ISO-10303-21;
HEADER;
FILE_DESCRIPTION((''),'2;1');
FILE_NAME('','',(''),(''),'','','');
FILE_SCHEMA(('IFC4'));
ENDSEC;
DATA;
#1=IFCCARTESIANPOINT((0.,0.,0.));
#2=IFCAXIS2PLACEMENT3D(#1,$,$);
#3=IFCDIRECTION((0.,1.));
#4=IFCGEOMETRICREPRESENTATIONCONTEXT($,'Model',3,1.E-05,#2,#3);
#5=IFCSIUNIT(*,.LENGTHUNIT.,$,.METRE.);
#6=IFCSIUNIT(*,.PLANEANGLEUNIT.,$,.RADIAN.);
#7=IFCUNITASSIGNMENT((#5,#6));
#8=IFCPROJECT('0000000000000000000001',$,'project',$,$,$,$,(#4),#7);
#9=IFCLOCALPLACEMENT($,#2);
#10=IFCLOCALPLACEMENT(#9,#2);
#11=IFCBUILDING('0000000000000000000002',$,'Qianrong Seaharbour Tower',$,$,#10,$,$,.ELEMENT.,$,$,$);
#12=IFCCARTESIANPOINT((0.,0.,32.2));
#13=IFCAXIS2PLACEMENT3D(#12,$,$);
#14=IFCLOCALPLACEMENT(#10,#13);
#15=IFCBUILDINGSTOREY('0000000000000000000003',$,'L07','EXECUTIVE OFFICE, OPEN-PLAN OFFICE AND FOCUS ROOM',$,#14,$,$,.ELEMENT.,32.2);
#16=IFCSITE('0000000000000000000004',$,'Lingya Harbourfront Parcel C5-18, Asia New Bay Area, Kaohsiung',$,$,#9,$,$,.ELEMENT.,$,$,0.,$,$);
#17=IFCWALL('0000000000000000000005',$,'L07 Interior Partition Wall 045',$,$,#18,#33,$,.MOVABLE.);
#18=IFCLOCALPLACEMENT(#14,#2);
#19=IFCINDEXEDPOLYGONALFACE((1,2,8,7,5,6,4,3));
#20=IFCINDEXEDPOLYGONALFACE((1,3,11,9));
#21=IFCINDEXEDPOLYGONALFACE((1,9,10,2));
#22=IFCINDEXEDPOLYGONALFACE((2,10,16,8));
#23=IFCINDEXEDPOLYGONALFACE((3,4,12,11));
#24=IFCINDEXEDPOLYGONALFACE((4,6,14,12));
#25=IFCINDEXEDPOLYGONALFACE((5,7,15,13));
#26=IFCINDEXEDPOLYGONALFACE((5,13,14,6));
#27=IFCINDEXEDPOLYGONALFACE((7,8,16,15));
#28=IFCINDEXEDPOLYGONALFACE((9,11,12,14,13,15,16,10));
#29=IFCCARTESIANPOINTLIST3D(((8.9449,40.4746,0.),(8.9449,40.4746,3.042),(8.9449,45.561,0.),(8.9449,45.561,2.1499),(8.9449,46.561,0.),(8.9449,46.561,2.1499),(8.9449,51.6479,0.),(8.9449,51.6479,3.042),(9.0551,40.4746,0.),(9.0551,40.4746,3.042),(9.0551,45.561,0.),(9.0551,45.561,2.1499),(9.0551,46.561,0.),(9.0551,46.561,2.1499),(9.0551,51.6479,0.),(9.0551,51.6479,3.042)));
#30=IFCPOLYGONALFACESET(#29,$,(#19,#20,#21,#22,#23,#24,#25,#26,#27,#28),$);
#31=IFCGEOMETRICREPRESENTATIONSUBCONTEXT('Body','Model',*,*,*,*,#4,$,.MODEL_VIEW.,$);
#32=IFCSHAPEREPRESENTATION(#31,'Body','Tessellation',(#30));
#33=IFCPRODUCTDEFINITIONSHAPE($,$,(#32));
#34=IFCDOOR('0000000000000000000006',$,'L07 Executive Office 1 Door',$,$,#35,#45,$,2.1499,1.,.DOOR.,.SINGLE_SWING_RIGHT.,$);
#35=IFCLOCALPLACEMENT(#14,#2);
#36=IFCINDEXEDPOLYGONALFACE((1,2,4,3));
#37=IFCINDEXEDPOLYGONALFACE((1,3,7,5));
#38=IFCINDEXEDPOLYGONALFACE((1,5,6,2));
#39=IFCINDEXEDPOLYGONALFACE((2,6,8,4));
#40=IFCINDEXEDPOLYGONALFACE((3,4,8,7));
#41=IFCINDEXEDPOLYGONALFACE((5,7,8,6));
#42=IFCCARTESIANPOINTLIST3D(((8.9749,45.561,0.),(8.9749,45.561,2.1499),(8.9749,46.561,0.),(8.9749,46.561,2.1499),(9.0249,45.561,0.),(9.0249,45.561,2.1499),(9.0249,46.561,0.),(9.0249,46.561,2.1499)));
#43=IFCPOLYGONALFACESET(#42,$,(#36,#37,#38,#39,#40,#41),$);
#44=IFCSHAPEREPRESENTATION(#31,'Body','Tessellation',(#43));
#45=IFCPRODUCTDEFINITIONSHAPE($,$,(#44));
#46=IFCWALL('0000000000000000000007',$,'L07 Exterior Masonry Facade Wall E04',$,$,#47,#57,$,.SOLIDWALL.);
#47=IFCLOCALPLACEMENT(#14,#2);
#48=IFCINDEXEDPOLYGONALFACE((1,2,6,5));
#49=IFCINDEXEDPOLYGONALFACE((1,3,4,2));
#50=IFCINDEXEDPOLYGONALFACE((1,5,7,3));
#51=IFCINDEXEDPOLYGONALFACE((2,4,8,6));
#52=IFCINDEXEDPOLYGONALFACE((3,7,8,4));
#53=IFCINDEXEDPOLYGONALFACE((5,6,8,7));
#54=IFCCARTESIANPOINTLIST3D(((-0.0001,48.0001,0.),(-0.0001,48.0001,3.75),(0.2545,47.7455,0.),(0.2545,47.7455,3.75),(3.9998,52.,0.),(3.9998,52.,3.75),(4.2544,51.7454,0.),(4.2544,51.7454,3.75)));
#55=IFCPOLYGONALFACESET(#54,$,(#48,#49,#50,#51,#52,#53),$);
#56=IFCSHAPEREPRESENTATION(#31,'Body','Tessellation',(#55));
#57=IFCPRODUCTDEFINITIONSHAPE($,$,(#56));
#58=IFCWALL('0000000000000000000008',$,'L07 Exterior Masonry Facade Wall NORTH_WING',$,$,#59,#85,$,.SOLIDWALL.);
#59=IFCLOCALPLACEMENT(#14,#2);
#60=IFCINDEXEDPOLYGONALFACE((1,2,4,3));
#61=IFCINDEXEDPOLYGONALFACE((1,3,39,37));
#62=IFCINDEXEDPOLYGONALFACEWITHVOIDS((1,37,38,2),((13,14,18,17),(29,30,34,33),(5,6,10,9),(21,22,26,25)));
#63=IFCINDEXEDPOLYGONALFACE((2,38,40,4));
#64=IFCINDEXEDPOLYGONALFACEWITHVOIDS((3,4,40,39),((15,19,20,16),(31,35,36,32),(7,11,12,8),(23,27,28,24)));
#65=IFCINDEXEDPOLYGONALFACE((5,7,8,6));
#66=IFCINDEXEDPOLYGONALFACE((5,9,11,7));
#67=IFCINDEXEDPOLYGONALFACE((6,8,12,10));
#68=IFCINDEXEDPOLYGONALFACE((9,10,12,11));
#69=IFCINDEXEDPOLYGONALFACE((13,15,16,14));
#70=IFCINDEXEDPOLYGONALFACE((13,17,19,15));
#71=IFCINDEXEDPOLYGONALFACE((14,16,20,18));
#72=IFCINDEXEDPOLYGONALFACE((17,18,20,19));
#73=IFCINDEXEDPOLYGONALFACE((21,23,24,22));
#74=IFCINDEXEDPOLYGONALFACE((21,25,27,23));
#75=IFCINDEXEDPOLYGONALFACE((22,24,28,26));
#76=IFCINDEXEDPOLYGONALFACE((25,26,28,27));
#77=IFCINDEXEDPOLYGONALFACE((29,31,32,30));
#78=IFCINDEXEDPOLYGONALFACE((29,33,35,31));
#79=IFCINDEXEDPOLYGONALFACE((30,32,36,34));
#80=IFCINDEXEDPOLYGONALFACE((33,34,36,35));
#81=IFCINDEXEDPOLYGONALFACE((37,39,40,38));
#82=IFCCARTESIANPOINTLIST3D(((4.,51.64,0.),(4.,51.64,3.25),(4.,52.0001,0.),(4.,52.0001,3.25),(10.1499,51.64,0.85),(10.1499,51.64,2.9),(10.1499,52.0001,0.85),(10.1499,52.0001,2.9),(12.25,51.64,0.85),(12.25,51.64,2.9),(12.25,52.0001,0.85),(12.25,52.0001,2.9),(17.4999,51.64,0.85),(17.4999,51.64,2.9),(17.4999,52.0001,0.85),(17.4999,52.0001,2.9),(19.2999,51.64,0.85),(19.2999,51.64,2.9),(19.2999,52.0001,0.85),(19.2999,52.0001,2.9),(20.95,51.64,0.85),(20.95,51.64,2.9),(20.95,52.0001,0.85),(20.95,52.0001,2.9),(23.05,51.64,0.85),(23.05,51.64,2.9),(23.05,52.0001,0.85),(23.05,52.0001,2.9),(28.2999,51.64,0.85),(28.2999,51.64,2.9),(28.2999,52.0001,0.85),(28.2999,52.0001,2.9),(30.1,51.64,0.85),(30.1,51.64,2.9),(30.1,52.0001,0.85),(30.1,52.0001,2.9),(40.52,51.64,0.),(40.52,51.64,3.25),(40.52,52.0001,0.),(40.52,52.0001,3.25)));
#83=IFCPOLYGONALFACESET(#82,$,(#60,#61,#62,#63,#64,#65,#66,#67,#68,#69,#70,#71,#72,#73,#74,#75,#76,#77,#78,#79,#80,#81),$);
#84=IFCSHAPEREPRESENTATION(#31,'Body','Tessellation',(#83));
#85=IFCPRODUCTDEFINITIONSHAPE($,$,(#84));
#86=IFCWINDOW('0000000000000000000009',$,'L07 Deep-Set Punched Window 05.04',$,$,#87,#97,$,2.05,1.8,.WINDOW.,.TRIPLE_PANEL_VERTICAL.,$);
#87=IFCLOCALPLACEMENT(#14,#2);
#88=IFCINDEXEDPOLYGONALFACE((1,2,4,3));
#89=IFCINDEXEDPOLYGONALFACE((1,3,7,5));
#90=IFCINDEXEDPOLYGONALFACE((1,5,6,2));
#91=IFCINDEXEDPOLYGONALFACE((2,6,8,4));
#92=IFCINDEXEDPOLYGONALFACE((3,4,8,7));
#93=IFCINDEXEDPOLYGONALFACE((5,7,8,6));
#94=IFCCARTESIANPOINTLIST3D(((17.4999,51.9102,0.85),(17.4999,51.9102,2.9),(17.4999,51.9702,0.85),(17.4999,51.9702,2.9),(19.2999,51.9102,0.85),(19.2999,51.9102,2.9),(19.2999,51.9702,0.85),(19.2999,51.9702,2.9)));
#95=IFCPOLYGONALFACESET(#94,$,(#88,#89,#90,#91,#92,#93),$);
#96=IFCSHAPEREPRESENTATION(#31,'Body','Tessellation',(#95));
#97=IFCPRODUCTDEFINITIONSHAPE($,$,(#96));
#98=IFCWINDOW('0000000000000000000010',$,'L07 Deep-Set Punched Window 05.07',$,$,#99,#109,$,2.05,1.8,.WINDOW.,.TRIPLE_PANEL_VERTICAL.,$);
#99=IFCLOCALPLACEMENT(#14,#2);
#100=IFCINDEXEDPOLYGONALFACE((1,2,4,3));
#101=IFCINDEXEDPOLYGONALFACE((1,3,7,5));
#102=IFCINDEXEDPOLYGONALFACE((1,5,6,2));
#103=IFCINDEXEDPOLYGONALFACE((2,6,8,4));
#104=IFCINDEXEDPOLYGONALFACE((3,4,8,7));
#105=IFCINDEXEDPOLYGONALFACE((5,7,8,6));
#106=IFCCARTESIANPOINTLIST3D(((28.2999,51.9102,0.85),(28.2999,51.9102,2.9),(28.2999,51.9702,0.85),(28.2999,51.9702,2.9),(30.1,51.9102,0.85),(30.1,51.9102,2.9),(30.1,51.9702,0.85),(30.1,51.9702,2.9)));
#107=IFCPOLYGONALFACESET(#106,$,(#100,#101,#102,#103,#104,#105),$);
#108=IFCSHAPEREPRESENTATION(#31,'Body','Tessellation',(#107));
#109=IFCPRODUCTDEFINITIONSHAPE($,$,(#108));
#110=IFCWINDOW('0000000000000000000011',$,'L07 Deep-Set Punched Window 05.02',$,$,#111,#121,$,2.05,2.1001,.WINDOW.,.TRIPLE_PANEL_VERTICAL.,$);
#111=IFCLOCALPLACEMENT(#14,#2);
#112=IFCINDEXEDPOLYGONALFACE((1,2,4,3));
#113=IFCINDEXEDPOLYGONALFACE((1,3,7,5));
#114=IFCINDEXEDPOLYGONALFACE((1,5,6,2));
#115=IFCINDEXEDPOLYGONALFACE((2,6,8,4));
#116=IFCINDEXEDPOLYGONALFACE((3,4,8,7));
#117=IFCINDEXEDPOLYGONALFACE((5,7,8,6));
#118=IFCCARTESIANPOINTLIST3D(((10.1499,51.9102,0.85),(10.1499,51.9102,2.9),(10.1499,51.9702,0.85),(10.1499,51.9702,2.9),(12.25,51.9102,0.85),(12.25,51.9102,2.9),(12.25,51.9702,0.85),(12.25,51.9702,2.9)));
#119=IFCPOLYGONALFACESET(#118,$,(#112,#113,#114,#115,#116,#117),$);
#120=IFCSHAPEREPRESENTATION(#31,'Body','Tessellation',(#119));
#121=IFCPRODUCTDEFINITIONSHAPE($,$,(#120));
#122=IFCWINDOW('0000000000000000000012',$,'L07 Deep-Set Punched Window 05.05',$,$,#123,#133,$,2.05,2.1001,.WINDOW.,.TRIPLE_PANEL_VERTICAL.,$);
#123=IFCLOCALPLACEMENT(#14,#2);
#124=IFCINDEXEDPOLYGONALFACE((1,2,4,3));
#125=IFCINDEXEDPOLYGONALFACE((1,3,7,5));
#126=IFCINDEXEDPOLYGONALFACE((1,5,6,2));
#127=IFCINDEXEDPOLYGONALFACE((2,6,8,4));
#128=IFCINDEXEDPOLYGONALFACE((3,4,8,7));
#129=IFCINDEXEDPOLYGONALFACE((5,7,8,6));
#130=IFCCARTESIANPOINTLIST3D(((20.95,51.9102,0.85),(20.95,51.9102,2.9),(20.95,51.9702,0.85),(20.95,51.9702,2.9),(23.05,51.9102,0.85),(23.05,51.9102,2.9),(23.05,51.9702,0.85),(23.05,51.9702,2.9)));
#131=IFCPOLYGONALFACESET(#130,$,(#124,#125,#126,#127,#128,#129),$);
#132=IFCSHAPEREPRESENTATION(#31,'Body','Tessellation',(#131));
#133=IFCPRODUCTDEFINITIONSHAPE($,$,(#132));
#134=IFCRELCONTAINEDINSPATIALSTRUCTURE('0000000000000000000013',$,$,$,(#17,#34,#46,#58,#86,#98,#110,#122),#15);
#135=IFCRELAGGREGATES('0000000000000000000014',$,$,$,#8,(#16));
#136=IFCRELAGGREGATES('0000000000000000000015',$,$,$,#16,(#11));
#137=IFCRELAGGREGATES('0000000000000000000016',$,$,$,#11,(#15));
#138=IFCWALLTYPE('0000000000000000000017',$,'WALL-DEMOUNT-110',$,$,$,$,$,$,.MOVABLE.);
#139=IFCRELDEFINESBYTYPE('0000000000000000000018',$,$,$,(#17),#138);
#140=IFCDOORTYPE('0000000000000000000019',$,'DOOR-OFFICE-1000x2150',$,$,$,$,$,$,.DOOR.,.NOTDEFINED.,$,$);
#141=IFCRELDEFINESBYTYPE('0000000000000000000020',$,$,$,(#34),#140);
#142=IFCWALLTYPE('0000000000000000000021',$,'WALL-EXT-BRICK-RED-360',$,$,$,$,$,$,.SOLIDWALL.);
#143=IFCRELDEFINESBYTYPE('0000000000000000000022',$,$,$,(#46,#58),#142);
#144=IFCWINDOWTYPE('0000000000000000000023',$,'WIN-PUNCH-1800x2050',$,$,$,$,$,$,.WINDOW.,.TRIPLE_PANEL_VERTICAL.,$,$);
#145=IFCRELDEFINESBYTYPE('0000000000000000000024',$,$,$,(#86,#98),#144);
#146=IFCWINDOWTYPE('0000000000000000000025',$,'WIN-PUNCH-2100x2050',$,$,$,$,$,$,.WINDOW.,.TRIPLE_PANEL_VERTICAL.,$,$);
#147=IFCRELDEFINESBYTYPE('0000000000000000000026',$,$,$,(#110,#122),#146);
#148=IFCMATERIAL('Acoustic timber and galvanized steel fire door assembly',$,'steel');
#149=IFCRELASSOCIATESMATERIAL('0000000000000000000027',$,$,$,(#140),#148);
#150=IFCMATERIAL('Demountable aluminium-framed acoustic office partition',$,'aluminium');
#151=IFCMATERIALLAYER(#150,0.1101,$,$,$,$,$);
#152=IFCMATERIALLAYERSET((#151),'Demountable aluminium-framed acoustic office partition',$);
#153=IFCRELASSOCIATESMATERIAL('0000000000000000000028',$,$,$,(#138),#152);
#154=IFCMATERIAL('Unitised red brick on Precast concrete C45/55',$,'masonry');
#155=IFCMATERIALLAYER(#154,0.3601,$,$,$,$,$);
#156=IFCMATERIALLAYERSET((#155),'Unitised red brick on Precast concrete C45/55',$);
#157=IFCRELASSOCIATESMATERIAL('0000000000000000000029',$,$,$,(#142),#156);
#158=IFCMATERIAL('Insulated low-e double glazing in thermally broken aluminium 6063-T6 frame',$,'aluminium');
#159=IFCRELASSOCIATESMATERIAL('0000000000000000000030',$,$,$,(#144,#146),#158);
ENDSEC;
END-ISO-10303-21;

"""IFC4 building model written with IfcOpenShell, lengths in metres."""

from ifc_helpers import new_model, si_unit, direction, frame, frame_2d, origin, place, context, subcontext, project, spatial, rectangle, extrude, material, layer, layer_set, type_object, element, fill, save


model = new_model("IFC4")

# Units and contexts
model_context = context("Model", 3, precision=1e-05, world=origin(), true_north=direction((0.0, 1.0)))
body_context = subcontext(model_context, "Body", "Model", "MODEL_VIEW")
ifc_project = project(units=[si_unit("LENGTHUNIT", "METRE"), si_unit("PLANEANGLEUNIT", "RADIAN")], contexts=[model_context])

# Site, building, storey
site_placement = place(None, origin())
site = spatial("IfcSite", under=ifc_project, at=site_placement, Name="Lingya Harbourfront Parcel C5-18, Asia New Bay Area, Kaohsiung", CompositionType="ELEMENT", RefElevation=0.0)
building_placement = place(site_placement, origin())
building = spatial("IfcBuilding", under=site, at=building_placement, Name="Qianrong Seaharbour Tower", CompositionType="ELEMENT")
storey_placement = place(building_placement, frame((0.0, 0.0, 32.2)))
storey = spatial("IfcBuildingStorey", under=building, at=storey_placement, Name="L07", Description="EXECUTIVE OFFICE, OPEN-PLAN OFFICE AND FOCUS ROOM", CompositionType="ELEMENT", Elevation=32.2)

# Wall, opening, door
ifc_material_1 = material(Name="Acoustic timber and galvanized steel fire door assembly", Category="steel")
door_type = type_object("IfcDoorType", Name="DOOR-OFFICE-1000x2150", OperationType="NOTDEFINED", PredefinedType="DOOR", material=ifc_material_1)
ifc_material_2 = material(Name="Demountable aluminium-framed acoustic office partition", Category="aluminium")
ifc_layer_1 = layer(ifc_material_2, 0.1101)
ifc_layer_set_1 = layer_set([ifc_layer_1], Name="Demountable aluminium-framed acoustic office partition")
wall_type_1 = type_object("IfcWallType", Name="WALL-DEMOUNT-110", PredefinedType="MOVABLE", material=ifc_layer_set_1)
wall_1_placement = place(storey_placement, frame((9.0, 51.6479, 0.0), z_axis=(0.0, 0.0, 1.0), x_axis=(0.0, -1.0, 0.0)))
wall_1 = element("IfcWall", 1, at=wall_1_placement, inside=storey, type_object=wall_type_1, Name="L07 Interior Partition Wall 045", PredefinedType="MOVABLE", context=body_context, shape_type="SweptSolid", body=[
    extrude(rectangle(XDim=11.1733, YDim=0.1101, at=frame_2d((5.5867, 0.0))), origin(), (0.0, 0.0, 1.0), 3.042),
])
opening_1_placement = place(wall_1_placement, frame((5.0869, 0.0, 0.0)))
opening_1 = element("IfcOpeningElement", 2, at=opening_1_placement, cuts=wall_1, PredefinedType="OPENING", context=body_context, shape_type="SweptSolid", body=[
    extrude(rectangle(XDim=1.0, YDim=2.1499, at=frame_2d((0.5, 1.075))), frame((0.0, 0.0649, 0.0), z_axis=(0.0, -1.0, 0.0), x_axis=(1.0, 0.0, 0.0)), (0.0, 0.0, 1.0), 0.1301),
])
door_1_placement = place(opening_1_placement, origin())
door_1 = element("IfcDoor", 3, at=door_1_placement, inside=storey, type_object=door_type, Name="L07 Executive Office 1 Door", OperationType="SINGLE_SWING_RIGHT", OverallHeight=2.1499, OverallWidth=1.0, PredefinedType="DOOR", context=body_context, shape_type="SweptSolid", body=[
    extrude(rectangle(XDim=1.0, YDim=2.1499, at=frame_2d((0.5, 1.075))), frame((0.0, 0.0249, 0.0), z_axis=(0.0, -1.0, 0.0), x_axis=(1.0, 0.0, 0.0)), (0.0, 0.0, 1.0), 0.05),
])
fill(opening_1, door_1)

# Wall
ifc_material_3 = material(Name="Unitised red brick on Precast concrete C45/55", Category="masonry")
ifc_layer_2 = layer(ifc_material_3, 0.3601)
ifc_layer_set_2 = layer_set([ifc_layer_2], Name="Unitised red brick on Precast concrete C45/55")
wall_type_2 = type_object("IfcWallType", Name="WALL-EXT-BRICK-RED-360", PredefinedType="SOLIDWALL", material=ifc_layer_set_2)
wall_2_placement = place(storey_placement, frame((0.1272, 47.8728, 0.0), z_axis=(0.0, 0.0, 1.0), x_axis=(0.707107, 0.707107, 0.0)))
element("IfcWall", 4, at=wall_2_placement, inside=storey, type_object=wall_type_2, Name="L07 Exterior Masonry Facade Wall E04", PredefinedType="SOLIDWALL", context=body_context, shape_type="SweptSolid", body=[
    extrude(rectangle(XDim=5.6567, YDim=0.3601, at=frame_2d((2.8284, 0.0))), origin(), (0.0, 0.0, 1.0), 3.75),
])

# Wall, openings, windows
wall_3_placement = place(storey_placement, frame((4.0, 51.8201, 0.0), z_axis=(0.0, 0.0, 1.0), x_axis=(1.0, 0.0, 0.0)))
wall_3 = element("IfcWall", 5, at=wall_3_placement, inside=storey, type_object=wall_type_2, Name="L07 Exterior Masonry Facade Wall NORTH_WING", PredefinedType="SOLIDWALL", context=body_context, shape_type="SweptSolid", body=[
    extrude(rectangle(XDim=36.52, YDim=0.3601, at=frame_2d((18.26, 0.0))), origin(), (0.0, 0.0, 1.0), 3.25),
])
opening_2_placement = place(wall_3_placement, frame((6.1499, 0.0, 0.8501)))
opening_2 = element("IfcOpeningElement", 6, at=opening_2_placement, cuts=wall_3, PredefinedType="OPENING", context=body_context, shape_type="SweptSolid", body=[
    extrude(rectangle(XDim=2.1001, YDim=2.05, at=frame_2d((1.05, 1.0249))), frame((0.0, 0.1899, 0.0), z_axis=(0.0, -1.0, 0.0), x_axis=(1.0, 0.0, 0.0)), (0.0, 0.0, 1.0), 0.3801),
])
opening_3_placement = place(wall_3_placement, frame((13.5, 0.0, 0.8501)))
opening_3 = element("IfcOpeningElement", 7, at=opening_3_placement, cuts=wall_3, PredefinedType="OPENING", context=body_context, shape_type="SweptSolid", body=[
    extrude(rectangle(XDim=1.8, YDim=2.05, at=frame_2d((0.8999, 1.0249))), frame((0.0, 0.1899, 0.0), z_axis=(0.0, -1.0, 0.0), x_axis=(1.0, 0.0, 0.0)), (0.0, 0.0, 1.0), 0.3801),
])
opening_4_placement = place(wall_3_placement, frame((16.95, 0.0, 0.8501)))
opening_4 = element("IfcOpeningElement", 8, at=opening_4_placement, cuts=wall_3, PredefinedType="OPENING", context=body_context, shape_type="SweptSolid", body=[
    extrude(rectangle(XDim=2.1001, YDim=2.05, at=frame_2d((1.05, 1.0249))), frame((0.0, 0.1899, 0.0), z_axis=(0.0, -1.0, 0.0), x_axis=(1.0, 0.0, 0.0)), (0.0, 0.0, 1.0), 0.3801),
])
opening_5_placement = place(wall_3_placement, frame((24.3, 0.0, 0.8501)))
opening_5 = element("IfcOpeningElement", 9, at=opening_5_placement, cuts=wall_3, PredefinedType="OPENING", context=body_context, shape_type="SweptSolid", body=[
    extrude(rectangle(XDim=1.8, YDim=2.05, at=frame_2d((0.8999, 1.0249))), frame((0.0, 0.1899, 0.0), z_axis=(0.0, -1.0, 0.0), x_axis=(1.0, 0.0, 0.0)), (0.0, 0.0, 1.0), 0.3801),
])
ifc_material_4 = material(Name="Insulated low-e double glazing in thermally broken aluminium 6063-T6 frame", Category="aluminium")
window_type_1 = type_object("IfcWindowType", Name="WIN-PUNCH-1800x2050", PartitioningType="TRIPLE_PANEL_VERTICAL", PredefinedType="WINDOW", material=ifc_material_4)
window_1_placement = place(opening_3_placement, origin())
window_1 = element("IfcWindow", 10, at=window_1_placement, inside=storey, type_object=window_type_1, Name="L07 Deep-Set Punched Window 05.04", OverallHeight=2.05, OverallWidth=1.8, PartitioningType="TRIPLE_PANEL_VERTICAL", PredefinedType="WINDOW", context=body_context, shape_type="SweptSolid", body=[
    extrude(rectangle(XDim=1.8, YDim=2.05, at=frame_2d((0.8999, 1.0249))), frame((0.0, 0.1501, 0.0), z_axis=(0.0, -1.0, 0.0), x_axis=(1.0, 0.0, 0.0)), (0.0, 0.0, 1.0), 0.0601),
])
fill(opening_3, window_1)
window_2_placement = place(opening_5_placement, origin())
window_2 = element("IfcWindow", 11, at=window_2_placement, inside=storey, type_object=window_type_1, Name="L07 Deep-Set Punched Window 05.07", OverallHeight=2.05, OverallWidth=1.8, PartitioningType="TRIPLE_PANEL_VERTICAL", PredefinedType="WINDOW", context=body_context, shape_type="SweptSolid", body=[
    extrude(rectangle(XDim=1.8, YDim=2.05, at=frame_2d((0.8999, 1.0249))), frame((0.0, 0.1501, 0.0), z_axis=(0.0, -1.0, 0.0), x_axis=(1.0, 0.0, 0.0)), (0.0, 0.0, 1.0), 0.0601),
])
fill(opening_5, window_2)
window_type_2 = type_object("IfcWindowType", Name="WIN-PUNCH-2100x2050", PartitioningType="TRIPLE_PANEL_VERTICAL", PredefinedType="WINDOW", material=ifc_material_4)
window_3_placement = place(opening_2_placement, origin())
window_3 = element("IfcWindow", 12, at=window_3_placement, inside=storey, type_object=window_type_2, Name="L07 Deep-Set Punched Window 05.02", OverallHeight=2.05, OverallWidth=2.1001, PartitioningType="TRIPLE_PANEL_VERTICAL", PredefinedType="WINDOW", context=body_context, shape_type="SweptSolid", body=[
    extrude(rectangle(XDim=2.1001, YDim=2.05, at=frame_2d((1.05, 1.0249))), frame((0.0, 0.1501, 0.0), z_axis=(0.0, -1.0, 0.0), x_axis=(1.0, 0.0, 0.0)), (0.0, 0.0, 1.0), 0.0601),
])
fill(opening_2, window_3)
window_4_placement = place(opening_4_placement, origin())
window_4 = element("IfcWindow", 13, at=window_4_placement, inside=storey, type_object=window_type_2, Name="L07 Deep-Set Punched Window 05.05", OverallHeight=2.05, OverallWidth=2.1001, PartitioningType="TRIPLE_PANEL_VERTICAL", PredefinedType="WINDOW", context=body_context, shape_type="SweptSolid", body=[
    extrude(rectangle(XDim=2.1001, YDim=2.05, at=frame_2d((1.05, 1.0249))), frame((0.0, 0.1501, 0.0), z_axis=(0.0, -1.0, 0.0), x_axis=(1.0, 0.0, 0.0)), (0.0, 0.0, 1.0), 0.0601),
])
fill(opening_4, window_4)

save(model, "model.ifc")
